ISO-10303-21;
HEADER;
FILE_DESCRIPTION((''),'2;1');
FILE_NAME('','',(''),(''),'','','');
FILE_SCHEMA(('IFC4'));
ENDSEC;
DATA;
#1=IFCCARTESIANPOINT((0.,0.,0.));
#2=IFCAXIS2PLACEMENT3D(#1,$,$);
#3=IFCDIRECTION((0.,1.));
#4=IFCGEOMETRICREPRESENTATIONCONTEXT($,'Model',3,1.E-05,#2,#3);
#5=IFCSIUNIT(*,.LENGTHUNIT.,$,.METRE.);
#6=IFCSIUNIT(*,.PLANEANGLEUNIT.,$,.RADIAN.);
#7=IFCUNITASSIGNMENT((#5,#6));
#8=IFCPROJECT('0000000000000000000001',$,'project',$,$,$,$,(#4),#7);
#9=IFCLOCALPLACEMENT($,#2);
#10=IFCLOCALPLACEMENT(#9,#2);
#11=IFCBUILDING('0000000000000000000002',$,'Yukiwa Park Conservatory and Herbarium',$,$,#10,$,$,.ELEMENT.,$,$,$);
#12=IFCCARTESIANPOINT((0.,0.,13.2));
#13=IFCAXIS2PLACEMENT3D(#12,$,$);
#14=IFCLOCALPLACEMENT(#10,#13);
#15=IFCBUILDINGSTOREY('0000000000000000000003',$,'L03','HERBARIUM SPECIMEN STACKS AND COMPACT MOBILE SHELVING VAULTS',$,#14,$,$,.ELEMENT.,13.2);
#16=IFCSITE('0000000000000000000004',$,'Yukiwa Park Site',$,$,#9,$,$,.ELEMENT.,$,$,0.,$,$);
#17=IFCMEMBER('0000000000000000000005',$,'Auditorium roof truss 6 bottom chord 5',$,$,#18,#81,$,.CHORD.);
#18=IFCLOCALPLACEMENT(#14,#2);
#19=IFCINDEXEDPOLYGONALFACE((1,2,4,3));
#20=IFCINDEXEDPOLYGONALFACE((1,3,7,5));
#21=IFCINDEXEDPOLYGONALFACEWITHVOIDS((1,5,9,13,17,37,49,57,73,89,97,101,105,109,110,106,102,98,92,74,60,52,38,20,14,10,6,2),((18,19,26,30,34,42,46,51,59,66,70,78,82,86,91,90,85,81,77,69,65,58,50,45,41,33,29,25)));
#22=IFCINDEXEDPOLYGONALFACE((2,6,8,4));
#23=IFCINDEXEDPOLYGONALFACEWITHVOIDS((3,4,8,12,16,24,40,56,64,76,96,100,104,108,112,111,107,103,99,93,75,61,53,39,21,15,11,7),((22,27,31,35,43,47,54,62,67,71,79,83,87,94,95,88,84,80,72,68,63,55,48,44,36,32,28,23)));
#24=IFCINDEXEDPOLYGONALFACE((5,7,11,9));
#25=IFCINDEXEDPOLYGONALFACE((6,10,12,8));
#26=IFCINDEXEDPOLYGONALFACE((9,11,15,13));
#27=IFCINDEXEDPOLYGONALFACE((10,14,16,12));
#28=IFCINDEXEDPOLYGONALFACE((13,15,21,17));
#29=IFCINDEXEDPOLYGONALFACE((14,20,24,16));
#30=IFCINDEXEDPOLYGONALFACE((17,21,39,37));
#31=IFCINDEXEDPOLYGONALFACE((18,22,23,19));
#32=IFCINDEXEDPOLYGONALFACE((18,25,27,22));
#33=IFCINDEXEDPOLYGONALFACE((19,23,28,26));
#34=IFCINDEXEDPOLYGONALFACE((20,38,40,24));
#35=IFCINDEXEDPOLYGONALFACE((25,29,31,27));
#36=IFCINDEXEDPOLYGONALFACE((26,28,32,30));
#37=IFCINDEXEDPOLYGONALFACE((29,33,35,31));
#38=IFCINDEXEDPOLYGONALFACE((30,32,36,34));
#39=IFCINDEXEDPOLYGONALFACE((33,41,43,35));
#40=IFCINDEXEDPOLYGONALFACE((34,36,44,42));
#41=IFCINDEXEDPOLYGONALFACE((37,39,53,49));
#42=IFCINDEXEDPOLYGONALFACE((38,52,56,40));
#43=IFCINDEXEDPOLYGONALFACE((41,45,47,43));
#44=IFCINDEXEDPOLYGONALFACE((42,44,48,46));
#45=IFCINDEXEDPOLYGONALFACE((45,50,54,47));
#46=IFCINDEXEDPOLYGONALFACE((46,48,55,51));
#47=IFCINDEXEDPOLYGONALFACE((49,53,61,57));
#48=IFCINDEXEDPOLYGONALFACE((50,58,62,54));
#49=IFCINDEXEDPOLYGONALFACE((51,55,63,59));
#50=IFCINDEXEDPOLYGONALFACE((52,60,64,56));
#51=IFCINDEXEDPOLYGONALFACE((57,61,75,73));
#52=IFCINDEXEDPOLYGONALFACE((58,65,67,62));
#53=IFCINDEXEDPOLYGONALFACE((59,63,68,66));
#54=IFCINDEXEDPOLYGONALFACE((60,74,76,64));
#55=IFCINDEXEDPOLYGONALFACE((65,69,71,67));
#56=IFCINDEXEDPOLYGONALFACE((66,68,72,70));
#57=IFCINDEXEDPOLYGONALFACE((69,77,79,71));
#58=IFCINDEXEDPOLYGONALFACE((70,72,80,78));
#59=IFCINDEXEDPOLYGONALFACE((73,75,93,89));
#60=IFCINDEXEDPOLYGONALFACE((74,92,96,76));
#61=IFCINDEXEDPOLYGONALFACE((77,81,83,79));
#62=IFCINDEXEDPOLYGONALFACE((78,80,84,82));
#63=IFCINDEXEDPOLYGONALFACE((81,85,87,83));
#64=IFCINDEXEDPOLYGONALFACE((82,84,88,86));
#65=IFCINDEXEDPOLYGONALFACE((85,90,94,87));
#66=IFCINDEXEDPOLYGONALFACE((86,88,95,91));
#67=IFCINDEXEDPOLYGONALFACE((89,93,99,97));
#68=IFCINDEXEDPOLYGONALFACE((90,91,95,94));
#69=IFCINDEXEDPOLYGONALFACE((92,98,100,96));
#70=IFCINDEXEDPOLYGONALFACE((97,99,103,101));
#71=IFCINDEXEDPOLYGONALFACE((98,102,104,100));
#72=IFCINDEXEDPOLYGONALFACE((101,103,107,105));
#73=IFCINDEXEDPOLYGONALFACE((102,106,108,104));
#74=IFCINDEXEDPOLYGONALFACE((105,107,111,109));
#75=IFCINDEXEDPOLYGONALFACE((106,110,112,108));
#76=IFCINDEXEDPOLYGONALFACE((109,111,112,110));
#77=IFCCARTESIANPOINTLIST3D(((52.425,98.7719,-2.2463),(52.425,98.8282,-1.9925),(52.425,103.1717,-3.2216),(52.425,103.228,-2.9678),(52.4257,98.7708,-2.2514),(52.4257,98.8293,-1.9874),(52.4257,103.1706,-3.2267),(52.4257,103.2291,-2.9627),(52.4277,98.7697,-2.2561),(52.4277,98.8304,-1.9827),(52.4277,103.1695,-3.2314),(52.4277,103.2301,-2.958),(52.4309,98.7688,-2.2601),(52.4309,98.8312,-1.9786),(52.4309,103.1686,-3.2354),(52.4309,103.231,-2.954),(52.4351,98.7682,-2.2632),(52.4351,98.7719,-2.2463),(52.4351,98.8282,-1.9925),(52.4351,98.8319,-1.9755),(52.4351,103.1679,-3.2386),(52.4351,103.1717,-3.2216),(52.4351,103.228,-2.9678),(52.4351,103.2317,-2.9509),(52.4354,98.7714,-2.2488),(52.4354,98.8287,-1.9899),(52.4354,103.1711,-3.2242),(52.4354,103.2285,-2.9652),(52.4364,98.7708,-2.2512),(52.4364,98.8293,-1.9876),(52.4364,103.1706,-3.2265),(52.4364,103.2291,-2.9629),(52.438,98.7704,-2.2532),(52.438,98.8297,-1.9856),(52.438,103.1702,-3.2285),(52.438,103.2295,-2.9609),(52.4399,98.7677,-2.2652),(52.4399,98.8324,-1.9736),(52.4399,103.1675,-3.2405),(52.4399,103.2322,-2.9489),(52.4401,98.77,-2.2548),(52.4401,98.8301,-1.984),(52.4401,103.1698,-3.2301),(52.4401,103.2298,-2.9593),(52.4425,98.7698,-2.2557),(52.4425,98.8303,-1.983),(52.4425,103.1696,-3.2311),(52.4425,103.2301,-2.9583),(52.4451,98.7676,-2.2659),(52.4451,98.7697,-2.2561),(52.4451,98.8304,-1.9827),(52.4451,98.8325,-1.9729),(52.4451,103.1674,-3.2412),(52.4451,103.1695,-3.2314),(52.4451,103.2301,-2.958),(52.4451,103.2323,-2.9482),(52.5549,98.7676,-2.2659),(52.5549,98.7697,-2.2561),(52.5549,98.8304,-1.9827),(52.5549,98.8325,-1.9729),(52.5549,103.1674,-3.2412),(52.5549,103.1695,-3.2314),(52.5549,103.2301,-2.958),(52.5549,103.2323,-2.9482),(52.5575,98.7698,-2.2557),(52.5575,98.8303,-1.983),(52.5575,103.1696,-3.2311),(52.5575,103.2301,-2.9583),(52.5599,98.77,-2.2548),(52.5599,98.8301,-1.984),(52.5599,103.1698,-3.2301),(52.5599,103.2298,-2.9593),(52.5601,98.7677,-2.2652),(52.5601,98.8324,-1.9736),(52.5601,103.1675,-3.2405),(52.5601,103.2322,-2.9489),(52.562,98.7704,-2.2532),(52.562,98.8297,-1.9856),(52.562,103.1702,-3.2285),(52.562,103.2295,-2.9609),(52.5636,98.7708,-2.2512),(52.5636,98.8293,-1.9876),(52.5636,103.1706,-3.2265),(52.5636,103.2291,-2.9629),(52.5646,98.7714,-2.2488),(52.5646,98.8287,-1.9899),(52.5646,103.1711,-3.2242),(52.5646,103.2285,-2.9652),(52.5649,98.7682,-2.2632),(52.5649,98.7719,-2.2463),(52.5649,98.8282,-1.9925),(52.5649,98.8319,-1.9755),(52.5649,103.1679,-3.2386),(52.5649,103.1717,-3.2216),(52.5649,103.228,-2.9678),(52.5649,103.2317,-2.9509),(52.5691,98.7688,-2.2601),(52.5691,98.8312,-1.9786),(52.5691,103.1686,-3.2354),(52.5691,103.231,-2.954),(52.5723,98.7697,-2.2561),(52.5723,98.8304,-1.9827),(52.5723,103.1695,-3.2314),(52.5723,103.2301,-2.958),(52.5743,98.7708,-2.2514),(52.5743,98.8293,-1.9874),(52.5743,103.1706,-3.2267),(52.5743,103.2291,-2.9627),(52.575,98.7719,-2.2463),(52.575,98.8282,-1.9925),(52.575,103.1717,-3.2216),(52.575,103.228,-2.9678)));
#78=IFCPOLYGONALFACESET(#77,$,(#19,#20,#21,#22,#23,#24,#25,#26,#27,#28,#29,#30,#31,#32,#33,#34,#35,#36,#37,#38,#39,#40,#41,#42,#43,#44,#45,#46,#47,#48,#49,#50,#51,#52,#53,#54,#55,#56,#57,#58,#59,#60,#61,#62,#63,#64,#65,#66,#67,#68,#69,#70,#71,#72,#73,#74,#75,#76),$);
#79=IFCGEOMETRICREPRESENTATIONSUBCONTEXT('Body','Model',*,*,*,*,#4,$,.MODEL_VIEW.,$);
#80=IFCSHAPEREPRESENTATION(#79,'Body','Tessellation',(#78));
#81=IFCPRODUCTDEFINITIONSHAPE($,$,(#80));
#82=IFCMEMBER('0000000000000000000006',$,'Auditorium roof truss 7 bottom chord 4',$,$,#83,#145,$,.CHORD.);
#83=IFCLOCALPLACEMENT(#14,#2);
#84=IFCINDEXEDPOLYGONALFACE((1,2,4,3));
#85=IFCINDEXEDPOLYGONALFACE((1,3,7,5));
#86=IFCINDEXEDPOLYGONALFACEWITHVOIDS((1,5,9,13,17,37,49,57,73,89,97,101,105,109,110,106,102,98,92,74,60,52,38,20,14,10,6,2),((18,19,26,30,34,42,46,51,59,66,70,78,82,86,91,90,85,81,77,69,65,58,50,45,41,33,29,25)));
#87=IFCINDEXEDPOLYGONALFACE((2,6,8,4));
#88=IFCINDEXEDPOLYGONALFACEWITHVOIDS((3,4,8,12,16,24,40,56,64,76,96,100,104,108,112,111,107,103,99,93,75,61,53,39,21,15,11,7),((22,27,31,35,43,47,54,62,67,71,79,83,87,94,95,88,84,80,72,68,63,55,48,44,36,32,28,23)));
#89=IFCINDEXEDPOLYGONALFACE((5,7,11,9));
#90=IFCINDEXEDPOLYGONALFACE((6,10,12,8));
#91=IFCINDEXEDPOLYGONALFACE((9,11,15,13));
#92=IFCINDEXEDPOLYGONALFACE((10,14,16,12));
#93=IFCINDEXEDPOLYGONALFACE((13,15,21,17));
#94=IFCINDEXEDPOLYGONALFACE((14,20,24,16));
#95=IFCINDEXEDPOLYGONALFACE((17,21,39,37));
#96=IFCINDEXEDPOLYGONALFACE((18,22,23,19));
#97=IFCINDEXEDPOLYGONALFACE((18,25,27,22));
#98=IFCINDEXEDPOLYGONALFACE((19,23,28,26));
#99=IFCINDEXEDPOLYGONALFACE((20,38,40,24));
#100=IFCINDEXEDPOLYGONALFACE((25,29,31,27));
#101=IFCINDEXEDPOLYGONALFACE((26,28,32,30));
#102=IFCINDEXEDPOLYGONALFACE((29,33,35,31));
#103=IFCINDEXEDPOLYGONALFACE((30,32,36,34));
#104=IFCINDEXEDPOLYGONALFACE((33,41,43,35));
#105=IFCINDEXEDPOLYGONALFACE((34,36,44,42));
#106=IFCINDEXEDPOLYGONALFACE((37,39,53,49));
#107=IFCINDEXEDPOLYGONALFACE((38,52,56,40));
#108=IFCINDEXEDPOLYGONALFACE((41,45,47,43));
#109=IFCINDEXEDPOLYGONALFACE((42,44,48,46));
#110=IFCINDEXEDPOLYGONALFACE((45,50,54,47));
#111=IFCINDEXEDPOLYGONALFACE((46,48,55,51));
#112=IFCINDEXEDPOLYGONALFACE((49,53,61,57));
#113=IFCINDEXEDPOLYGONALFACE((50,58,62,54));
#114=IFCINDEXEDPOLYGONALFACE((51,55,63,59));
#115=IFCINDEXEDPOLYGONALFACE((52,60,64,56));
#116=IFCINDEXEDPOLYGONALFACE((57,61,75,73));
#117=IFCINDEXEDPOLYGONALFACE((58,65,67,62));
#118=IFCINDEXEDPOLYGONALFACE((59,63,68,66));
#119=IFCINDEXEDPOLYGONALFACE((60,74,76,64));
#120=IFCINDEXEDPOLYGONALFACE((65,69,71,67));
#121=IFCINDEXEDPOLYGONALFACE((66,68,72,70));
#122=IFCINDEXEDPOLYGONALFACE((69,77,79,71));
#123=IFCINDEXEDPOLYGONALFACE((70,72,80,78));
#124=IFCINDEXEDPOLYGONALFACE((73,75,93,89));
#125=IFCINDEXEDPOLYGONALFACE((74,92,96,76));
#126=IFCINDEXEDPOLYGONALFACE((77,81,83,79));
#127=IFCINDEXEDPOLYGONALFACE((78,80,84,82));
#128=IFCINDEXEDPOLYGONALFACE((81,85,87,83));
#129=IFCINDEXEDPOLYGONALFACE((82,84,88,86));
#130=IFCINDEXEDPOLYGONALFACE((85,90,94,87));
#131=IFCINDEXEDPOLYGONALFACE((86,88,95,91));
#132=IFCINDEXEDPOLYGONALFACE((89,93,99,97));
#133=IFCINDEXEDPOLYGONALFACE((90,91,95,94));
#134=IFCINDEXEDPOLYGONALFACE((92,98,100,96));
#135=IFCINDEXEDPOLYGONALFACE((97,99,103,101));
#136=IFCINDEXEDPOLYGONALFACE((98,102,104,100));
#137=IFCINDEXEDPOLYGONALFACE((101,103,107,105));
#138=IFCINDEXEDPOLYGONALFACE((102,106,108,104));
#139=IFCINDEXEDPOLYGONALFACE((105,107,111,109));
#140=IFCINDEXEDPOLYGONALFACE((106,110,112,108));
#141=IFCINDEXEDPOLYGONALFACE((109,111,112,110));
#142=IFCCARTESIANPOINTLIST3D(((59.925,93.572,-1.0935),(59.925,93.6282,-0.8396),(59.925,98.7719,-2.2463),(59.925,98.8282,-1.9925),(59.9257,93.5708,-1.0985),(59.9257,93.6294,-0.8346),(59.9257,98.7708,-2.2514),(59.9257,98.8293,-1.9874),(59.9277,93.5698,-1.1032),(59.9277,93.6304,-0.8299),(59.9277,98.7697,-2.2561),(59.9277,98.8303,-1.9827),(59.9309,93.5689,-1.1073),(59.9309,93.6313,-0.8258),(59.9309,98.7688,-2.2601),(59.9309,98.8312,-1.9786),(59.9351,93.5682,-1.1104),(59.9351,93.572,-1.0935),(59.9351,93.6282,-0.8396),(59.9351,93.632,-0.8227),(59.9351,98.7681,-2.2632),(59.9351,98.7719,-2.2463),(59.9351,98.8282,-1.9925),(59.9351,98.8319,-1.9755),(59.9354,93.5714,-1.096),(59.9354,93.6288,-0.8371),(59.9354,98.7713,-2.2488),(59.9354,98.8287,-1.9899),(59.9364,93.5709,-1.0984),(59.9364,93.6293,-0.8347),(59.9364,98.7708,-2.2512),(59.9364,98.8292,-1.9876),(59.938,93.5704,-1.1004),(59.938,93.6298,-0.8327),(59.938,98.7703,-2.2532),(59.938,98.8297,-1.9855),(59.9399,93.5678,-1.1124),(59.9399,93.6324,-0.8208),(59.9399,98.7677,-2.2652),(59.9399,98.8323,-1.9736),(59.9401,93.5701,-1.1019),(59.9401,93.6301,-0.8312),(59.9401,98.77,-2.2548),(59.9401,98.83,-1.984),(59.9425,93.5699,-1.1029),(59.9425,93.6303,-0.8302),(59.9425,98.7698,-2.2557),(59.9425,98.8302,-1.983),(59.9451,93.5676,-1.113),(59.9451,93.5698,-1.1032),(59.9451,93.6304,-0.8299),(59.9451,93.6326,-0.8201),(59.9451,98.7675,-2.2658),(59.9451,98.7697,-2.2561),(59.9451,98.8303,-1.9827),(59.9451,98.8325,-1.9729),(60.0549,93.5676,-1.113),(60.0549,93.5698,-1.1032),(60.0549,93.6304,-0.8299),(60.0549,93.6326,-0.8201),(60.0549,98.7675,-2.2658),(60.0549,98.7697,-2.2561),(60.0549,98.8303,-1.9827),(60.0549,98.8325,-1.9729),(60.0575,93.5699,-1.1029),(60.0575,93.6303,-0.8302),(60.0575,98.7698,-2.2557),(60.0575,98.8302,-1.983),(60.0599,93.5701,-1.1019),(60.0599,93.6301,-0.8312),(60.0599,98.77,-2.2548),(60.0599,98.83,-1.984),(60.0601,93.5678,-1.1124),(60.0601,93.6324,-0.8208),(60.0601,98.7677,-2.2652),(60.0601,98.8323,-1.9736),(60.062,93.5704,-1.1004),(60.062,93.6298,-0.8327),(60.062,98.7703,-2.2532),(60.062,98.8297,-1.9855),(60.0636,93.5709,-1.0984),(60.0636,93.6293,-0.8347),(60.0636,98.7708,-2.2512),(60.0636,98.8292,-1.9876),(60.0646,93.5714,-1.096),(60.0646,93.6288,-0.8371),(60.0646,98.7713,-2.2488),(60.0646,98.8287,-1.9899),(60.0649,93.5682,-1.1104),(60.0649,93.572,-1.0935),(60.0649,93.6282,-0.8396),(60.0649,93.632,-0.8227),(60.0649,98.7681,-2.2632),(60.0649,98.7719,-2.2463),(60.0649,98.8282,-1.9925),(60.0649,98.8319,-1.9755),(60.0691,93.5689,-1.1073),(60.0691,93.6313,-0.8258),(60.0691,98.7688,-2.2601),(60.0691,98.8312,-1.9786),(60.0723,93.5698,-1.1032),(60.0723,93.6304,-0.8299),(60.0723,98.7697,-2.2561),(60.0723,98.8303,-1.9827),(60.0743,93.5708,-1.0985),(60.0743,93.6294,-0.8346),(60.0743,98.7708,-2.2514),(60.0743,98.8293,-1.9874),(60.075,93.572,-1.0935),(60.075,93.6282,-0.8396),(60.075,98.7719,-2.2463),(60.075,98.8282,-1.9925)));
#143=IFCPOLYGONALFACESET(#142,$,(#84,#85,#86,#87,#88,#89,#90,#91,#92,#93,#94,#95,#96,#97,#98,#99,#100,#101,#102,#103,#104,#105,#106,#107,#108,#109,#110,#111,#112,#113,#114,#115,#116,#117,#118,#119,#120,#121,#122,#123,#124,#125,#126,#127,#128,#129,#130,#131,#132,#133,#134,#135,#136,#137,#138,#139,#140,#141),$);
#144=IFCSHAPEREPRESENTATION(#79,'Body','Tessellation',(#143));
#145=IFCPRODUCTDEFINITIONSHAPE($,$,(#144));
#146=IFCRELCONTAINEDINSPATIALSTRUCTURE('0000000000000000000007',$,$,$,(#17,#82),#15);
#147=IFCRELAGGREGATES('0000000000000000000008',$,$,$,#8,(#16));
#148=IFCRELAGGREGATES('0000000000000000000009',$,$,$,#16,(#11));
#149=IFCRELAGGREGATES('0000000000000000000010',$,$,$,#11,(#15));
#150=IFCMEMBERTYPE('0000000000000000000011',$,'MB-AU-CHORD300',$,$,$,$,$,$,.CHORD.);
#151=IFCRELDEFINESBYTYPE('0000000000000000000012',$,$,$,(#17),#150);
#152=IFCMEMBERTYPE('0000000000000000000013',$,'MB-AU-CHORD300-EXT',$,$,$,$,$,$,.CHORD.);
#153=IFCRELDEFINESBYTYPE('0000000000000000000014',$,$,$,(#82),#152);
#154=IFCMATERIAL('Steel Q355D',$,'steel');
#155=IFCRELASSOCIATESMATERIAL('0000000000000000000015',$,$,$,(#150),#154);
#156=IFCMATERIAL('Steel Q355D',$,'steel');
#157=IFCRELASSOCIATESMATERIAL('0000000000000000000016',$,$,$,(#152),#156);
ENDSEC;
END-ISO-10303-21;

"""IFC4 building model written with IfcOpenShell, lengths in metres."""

from ifc_helpers import new_model, si_unit, direction, frame, origin, origin_2d, place, context, subcontext, project, spatial, hollow_rectangle, extrude, material, material_profile, profile_set, type_object, element, save


model = new_model("IFC4")

# Units and contexts
model_context = context("Model", 3, precision=1e-05, world=origin(), true_north=direction((0.0, 1.0)))
body_context = subcontext(model_context, "Body", "Model", "MODEL_VIEW")
ifc_project = project(units=[si_unit("LENGTHUNIT", "METRE"), si_unit("PLANEANGLEUNIT", "RADIAN")], contexts=[model_context])

# Site, building, storey
site_placement = place(None, origin())
site = spatial("IfcSite", under=ifc_project, at=site_placement, Name="Yukiwa Park Site", CompositionType="ELEMENT", RefElevation=0.0)
building_placement = place(site_placement, origin())
building = spatial("IfcBuilding", under=site, at=building_placement, Name="Yukiwa Park Conservatory and Herbarium", CompositionType="ELEMENT")
storey_placement = place(building_placement, frame((0.0, 0.0, 13.2)))
storey = spatial("IfcBuildingStorey", under=building, at=storey_placement, Name="L03", Description="HERBARIUM SPECIMEN STACKS AND COMPACT MOBILE SHELVING VAULTS", CompositionType="ELEMENT", Elevation=13.2)

# Members
ifc_material_1 = material(Name="Steel Q355D", Category="steel")
ifc_material_profile_1 = material_profile(ifc_material_1, hollow_rectangle(XDim=0.1499, YDim=0.3, WallThickness=0.01, InnerFilletRadius=0.01, OuterFilletRadius=0.02, at=origin_2d()), Name="RHS 300x150x10")
ifc_profile_set_1 = profile_set([ifc_material_profile_1], Name="Steel Q355D")
member_type_1 = type_object("IfcMemberType", Name="MB-AU-CHORD300", PredefinedType="CHORD", material=ifc_profile_set_1)
member_1_placement = place(storey_placement, frame((52.5, 98.8, -2.1194), z_axis=(0.0, 0.9763, -0.21642), x_axis=(-1.0, 0.0, 0.0)))
element("IfcMember", 1, at=member_1_placement, inside=storey, type_object=member_type_1, Name="Auditorium roof truss 6 bottom chord 5", PredefinedType="CHORD", context=body_context, shape_type="SweptSolid", body=[
    extrude(hollow_rectangle(XDim=0.1499, YDim=0.3, WallThickness=0.01, InnerFilletRadius=0.01, OuterFilletRadius=0.02, at=origin_2d()), origin(), (0.0, 0.0, 1.0), 4.5066),
])
ifc_material_2 = material(Name="Steel Q355D", Category="steel")
ifc_material_profile_2 = material_profile(ifc_material_2, hollow_rectangle(XDim=0.1499, YDim=0.3, WallThickness=0.01, InnerFilletRadius=0.01, OuterFilletRadius=0.02, at=origin_2d()), Name="RHS 300x150x10")
ifc_profile_set_2 = profile_set([ifc_material_profile_2], Name="Steel Q355D")
member_type_2 = type_object("IfcMemberType", Name="MB-AU-CHORD300-EXT", PredefinedType="CHORD", material=ifc_profile_set_2)
member_2_placement = place(storey_placement, frame((60.0, 93.6001, -0.9666), z_axis=(0.0, 0.976295, -0.216445), x_axis=(-1.0, 0.0, 0.0)))
element("IfcMember", 2, at=member_2_placement, inside=storey, type_object=member_type_2, Name="Auditorium roof truss 7 bottom chord 4", PredefinedType="CHORD", context=body_context, shape_type="SweptSolid", body=[
    extrude(hollow_rectangle(XDim=0.1499, YDim=0.3, WallThickness=0.01, InnerFilletRadius=0.01, OuterFilletRadius=0.02, at=origin_2d()), origin(), (0.0, 0.0, 1.0), 5.3262),
])

save(model, "model.ifc")
